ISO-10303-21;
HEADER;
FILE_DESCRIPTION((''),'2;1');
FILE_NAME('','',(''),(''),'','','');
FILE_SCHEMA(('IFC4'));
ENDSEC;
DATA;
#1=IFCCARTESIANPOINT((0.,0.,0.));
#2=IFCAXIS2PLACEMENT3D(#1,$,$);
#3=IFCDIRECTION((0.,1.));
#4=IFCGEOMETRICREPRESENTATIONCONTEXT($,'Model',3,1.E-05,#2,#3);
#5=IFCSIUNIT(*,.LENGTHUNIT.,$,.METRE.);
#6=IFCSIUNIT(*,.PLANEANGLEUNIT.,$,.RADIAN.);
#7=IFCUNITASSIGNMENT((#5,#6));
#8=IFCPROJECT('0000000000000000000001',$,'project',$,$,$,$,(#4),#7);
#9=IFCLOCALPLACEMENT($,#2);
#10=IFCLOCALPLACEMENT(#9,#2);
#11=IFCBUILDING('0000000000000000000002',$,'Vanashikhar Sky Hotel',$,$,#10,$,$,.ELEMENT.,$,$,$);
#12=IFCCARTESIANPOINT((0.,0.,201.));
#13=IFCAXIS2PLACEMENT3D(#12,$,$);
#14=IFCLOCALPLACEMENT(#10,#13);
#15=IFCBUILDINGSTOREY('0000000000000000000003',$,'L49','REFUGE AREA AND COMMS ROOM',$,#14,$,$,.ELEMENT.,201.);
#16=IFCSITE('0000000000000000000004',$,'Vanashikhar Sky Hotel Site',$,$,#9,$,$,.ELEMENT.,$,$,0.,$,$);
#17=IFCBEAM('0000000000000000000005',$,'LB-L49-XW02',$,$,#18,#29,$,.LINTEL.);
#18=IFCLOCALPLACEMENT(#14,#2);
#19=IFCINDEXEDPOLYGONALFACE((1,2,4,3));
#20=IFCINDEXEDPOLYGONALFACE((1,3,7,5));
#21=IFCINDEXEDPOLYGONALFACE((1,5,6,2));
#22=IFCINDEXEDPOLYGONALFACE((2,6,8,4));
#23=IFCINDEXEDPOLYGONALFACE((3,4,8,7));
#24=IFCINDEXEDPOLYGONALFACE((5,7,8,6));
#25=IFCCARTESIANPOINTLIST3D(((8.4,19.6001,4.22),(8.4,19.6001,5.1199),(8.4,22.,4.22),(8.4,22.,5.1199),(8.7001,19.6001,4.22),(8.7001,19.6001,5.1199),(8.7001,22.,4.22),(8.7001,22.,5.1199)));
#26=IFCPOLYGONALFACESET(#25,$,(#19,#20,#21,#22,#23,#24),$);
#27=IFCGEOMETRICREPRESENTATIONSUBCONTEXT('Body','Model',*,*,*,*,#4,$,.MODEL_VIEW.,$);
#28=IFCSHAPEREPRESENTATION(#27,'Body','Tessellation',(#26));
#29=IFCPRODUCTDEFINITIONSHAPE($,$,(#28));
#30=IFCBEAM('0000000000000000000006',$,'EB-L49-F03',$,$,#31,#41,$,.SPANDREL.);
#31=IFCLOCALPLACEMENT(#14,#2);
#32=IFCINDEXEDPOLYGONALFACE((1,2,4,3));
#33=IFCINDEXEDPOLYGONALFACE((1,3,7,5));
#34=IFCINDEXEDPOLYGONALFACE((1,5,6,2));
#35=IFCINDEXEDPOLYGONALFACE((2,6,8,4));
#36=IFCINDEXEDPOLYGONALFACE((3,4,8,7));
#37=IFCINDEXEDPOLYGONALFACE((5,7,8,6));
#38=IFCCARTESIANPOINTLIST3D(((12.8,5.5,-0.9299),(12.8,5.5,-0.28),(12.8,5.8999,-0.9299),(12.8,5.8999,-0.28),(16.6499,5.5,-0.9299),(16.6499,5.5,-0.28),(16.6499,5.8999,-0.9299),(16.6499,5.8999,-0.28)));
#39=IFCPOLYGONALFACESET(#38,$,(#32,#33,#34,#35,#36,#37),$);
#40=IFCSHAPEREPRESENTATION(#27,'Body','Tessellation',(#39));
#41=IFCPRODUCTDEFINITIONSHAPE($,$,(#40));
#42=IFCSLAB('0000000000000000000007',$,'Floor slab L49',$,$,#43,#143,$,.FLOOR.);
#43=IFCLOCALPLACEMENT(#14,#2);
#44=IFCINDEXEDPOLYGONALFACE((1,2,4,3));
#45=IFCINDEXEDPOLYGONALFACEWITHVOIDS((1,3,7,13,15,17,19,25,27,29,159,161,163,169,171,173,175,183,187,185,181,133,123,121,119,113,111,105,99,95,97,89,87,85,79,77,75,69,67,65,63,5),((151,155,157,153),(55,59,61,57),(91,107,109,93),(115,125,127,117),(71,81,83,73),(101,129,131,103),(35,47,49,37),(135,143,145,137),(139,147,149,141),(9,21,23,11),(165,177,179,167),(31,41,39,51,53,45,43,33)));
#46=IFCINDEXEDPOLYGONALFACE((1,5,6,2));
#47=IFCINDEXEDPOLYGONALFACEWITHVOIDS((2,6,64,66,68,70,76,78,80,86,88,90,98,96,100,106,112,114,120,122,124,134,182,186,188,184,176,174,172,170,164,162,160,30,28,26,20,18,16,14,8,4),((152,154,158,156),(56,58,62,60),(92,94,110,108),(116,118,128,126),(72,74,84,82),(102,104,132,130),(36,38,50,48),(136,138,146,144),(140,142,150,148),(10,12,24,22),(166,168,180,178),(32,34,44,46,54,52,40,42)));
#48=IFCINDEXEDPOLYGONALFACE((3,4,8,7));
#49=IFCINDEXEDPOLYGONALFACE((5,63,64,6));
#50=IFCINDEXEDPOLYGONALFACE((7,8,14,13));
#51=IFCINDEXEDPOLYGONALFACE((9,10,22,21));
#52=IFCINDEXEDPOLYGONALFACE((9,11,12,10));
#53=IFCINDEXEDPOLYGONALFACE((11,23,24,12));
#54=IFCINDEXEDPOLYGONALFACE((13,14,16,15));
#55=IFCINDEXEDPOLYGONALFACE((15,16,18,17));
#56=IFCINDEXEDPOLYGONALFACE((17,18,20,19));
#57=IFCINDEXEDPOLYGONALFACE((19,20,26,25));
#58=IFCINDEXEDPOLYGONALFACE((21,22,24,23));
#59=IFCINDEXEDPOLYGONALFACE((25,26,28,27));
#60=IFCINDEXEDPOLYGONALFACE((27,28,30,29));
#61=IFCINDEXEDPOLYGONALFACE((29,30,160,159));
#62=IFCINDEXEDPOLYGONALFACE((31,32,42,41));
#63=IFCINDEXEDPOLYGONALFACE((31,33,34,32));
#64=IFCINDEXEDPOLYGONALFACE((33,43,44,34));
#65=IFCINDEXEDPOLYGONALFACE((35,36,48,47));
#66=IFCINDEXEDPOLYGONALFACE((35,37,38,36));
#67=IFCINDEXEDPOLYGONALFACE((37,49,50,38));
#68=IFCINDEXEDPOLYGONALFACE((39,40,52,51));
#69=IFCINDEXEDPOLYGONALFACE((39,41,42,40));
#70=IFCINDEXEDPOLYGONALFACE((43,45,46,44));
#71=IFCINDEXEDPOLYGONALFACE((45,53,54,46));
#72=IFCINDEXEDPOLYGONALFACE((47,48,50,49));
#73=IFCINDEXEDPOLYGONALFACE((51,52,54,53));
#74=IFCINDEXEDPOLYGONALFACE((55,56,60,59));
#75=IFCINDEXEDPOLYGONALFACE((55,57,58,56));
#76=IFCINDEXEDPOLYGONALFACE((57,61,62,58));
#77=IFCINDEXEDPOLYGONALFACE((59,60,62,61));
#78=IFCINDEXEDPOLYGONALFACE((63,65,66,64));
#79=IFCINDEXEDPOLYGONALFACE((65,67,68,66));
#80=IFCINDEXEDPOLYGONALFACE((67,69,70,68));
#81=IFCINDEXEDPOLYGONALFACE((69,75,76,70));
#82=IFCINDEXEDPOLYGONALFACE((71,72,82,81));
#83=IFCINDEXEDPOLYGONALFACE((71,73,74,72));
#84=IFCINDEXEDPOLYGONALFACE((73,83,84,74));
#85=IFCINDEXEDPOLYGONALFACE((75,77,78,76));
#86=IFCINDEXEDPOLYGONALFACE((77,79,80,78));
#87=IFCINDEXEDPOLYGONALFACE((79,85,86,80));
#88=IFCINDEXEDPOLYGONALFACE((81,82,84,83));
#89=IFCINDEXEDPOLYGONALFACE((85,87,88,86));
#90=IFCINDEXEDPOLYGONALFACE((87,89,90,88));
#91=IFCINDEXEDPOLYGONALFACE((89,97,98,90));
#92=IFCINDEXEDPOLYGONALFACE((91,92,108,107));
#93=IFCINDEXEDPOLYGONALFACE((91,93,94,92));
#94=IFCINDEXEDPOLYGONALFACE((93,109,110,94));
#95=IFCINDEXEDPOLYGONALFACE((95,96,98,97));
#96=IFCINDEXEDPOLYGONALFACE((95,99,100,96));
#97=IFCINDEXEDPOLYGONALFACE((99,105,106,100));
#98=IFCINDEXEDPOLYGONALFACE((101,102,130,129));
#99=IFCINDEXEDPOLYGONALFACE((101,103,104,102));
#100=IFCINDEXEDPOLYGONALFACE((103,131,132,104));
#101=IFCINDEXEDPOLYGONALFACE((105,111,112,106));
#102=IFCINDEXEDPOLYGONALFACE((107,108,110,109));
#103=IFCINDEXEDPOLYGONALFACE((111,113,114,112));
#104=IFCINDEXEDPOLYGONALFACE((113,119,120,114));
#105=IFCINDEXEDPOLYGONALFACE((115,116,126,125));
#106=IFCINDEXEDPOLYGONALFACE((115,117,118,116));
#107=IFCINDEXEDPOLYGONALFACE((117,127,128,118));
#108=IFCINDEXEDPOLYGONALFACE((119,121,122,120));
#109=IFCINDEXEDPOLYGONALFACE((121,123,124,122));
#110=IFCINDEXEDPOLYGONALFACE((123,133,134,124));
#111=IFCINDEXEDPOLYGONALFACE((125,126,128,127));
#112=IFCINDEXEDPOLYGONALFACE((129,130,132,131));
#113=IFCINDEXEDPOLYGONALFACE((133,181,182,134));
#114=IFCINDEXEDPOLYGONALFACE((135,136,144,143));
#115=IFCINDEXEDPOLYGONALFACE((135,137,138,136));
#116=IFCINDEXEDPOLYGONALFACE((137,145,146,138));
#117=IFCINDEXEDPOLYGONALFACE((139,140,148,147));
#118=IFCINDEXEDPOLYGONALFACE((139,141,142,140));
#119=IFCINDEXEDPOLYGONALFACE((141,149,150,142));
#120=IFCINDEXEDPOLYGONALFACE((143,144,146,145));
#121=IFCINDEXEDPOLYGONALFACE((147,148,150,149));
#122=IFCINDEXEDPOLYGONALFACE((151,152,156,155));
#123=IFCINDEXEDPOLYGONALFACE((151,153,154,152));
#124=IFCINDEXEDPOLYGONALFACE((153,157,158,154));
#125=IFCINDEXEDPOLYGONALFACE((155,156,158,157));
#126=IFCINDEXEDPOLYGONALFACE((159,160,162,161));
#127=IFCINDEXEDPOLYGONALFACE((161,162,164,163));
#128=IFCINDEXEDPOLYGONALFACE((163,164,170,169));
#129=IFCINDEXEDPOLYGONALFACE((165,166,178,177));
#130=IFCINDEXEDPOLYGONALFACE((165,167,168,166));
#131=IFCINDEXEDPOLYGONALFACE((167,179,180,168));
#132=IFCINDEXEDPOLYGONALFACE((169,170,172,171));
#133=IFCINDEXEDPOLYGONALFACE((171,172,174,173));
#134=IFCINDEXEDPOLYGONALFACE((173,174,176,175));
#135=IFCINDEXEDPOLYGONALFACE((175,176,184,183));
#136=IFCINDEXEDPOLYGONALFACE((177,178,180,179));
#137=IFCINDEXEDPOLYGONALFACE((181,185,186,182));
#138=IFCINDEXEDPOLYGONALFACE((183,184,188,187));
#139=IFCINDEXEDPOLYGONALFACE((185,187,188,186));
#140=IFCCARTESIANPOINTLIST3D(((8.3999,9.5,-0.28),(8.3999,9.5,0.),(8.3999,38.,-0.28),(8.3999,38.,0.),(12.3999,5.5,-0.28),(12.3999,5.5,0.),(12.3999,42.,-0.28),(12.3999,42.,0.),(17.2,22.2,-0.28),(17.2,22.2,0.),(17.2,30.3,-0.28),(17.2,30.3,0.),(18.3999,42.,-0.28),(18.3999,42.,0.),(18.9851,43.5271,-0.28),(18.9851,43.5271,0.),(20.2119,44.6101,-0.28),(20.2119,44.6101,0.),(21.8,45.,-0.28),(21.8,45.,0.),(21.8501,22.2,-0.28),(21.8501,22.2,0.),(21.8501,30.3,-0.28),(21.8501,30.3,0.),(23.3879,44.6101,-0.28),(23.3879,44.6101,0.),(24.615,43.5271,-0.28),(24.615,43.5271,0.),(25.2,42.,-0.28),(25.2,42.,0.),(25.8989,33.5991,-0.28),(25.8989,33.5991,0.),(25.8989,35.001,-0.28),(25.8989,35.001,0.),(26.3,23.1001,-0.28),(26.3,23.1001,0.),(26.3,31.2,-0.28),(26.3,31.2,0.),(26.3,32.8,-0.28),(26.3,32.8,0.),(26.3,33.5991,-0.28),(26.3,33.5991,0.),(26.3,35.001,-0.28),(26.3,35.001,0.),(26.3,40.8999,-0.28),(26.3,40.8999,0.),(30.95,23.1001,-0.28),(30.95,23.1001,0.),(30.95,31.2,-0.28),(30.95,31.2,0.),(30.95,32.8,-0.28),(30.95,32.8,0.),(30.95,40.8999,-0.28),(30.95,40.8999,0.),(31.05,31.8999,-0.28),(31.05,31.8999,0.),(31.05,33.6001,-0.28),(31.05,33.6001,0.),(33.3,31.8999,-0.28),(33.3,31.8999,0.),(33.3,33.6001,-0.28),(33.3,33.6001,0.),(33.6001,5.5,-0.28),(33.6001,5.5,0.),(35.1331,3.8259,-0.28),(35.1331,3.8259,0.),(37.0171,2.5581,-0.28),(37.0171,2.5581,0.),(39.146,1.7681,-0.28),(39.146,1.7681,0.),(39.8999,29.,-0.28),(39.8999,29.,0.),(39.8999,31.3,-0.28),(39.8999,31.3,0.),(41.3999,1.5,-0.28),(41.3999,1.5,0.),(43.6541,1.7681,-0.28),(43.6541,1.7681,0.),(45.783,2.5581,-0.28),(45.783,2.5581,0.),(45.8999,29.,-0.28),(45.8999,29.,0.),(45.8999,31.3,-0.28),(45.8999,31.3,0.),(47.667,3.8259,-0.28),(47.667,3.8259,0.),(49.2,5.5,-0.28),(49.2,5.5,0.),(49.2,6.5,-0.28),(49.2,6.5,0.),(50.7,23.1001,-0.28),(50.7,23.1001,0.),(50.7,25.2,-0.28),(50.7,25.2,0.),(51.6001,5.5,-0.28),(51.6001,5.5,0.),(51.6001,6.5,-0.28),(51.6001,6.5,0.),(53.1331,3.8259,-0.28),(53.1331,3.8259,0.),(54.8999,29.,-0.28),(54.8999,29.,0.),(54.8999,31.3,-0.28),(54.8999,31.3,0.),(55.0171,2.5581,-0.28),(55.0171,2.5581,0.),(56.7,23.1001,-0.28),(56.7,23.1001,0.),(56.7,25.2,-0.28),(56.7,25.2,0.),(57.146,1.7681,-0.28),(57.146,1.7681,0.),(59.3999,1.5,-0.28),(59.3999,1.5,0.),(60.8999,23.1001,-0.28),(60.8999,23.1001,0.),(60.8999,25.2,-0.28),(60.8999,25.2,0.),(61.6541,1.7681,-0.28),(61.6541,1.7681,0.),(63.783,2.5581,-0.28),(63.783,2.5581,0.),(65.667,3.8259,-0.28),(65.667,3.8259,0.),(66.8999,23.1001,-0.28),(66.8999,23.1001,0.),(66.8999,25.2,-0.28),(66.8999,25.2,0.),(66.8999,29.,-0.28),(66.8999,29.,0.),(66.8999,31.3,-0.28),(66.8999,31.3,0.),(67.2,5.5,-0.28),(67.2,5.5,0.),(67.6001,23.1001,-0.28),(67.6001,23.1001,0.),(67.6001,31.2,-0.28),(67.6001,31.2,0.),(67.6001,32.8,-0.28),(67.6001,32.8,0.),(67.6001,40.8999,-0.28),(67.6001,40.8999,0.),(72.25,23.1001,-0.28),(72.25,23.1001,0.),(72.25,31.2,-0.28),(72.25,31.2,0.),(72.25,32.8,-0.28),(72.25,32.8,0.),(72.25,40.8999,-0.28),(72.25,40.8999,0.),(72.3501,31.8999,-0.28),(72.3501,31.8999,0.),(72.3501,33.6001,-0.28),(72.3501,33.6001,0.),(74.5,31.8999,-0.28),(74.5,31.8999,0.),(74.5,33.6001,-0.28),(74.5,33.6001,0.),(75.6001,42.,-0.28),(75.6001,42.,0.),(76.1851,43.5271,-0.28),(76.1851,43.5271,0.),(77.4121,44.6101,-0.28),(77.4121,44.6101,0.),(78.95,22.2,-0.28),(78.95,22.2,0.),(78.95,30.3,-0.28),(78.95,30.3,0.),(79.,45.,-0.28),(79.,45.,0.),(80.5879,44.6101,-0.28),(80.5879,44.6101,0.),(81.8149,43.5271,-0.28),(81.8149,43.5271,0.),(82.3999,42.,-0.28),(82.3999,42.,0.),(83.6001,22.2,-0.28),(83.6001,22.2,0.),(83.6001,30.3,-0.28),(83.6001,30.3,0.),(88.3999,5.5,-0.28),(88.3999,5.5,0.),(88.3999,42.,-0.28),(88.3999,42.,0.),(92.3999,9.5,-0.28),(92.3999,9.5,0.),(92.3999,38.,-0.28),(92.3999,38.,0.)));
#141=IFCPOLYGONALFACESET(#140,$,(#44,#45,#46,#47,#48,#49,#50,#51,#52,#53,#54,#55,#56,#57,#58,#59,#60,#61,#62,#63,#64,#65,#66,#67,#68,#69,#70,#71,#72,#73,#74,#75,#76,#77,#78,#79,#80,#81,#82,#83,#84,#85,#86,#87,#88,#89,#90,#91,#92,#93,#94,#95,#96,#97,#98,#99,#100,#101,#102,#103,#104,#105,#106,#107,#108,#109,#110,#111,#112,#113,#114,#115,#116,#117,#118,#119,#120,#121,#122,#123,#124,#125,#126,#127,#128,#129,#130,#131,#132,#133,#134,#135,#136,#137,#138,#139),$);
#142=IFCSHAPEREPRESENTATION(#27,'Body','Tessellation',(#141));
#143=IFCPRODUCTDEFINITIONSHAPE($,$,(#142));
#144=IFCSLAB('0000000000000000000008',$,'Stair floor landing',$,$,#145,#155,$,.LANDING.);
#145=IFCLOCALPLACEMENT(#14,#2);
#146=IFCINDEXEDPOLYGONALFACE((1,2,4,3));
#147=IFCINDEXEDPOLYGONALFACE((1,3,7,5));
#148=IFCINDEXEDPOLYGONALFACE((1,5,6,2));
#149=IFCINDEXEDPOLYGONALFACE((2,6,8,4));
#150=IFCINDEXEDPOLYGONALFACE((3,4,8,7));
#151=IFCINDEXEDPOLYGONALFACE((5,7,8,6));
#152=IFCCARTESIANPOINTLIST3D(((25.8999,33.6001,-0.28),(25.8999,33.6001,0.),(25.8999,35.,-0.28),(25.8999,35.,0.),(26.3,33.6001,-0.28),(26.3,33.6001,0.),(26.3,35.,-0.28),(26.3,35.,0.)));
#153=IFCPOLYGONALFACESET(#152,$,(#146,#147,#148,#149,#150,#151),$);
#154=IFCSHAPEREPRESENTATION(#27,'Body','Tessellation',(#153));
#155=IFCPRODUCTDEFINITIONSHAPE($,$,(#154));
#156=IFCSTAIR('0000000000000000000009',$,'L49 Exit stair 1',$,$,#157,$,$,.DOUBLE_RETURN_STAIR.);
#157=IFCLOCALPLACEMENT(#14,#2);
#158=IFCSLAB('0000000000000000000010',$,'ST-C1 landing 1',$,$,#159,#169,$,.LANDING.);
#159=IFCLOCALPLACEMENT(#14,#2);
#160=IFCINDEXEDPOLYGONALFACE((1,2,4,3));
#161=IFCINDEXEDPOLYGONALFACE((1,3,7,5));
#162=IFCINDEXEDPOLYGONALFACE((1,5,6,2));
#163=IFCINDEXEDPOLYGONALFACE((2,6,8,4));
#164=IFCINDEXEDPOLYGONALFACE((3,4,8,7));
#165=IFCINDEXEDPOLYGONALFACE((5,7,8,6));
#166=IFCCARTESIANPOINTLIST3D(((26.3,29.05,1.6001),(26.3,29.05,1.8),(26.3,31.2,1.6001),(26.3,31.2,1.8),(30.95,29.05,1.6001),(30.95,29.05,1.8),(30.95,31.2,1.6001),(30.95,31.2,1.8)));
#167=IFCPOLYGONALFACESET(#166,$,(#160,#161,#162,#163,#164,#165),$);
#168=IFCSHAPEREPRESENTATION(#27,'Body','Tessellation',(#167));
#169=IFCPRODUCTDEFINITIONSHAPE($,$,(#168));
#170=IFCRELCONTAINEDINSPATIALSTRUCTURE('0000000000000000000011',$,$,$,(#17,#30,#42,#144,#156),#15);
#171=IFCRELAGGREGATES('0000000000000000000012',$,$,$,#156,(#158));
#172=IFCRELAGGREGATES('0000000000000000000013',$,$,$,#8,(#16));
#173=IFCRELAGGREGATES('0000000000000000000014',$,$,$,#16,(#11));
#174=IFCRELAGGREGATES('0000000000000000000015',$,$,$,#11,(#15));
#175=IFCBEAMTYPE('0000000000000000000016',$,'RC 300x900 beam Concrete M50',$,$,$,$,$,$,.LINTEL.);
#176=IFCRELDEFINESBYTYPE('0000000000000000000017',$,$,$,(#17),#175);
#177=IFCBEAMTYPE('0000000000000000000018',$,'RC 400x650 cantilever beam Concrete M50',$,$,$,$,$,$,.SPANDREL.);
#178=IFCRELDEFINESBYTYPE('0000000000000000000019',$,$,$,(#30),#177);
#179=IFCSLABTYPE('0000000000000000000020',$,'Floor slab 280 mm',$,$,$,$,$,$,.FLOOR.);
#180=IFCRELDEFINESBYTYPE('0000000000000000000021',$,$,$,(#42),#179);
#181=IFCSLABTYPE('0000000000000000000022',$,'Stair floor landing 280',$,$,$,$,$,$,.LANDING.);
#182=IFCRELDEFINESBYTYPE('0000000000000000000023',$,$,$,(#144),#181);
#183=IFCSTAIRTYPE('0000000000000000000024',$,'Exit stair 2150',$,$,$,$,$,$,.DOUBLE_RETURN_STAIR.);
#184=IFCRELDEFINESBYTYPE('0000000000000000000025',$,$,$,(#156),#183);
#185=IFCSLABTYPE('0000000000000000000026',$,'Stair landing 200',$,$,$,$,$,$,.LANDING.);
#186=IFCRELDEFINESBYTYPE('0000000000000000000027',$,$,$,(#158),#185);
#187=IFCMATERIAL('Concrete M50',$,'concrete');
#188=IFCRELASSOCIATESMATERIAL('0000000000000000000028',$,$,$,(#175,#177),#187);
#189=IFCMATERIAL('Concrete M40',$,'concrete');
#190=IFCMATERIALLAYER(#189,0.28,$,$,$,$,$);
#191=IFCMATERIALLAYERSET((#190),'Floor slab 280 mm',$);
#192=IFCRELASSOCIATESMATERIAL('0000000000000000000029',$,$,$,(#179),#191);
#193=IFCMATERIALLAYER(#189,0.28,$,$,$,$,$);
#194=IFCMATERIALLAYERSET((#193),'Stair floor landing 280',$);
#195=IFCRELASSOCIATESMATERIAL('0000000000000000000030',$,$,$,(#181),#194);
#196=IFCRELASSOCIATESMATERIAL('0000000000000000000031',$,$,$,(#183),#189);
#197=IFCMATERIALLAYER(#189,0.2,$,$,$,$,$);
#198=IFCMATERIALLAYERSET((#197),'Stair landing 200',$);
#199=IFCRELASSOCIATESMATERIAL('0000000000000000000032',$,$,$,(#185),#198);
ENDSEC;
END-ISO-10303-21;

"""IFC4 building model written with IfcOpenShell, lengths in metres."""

from ifc_helpers import new_model, si_unit, direction, frame, origin, origin_2d, place, context, subcontext, project, spatial, polyline, rectangle, outline, extrude, source, transform, mapped, material, layer, layer_set, material_profile, profile_set, type_object, element, aggregate, save


model = new_model("IFC4")

# Units and contexts
model_context = context("Model", 3, precision=1e-05, world=origin(), true_north=direction((0.0, 1.0)))
body_context = subcontext(model_context, "Body", "Model", "MODEL_VIEW")
ifc_project = project(units=[si_unit("LENGTHUNIT", "METRE"), si_unit("PLANEANGLEUNIT", "RADIAN")], contexts=[model_context])

# Site, building, storey
site_placement = place(None, origin())
site = spatial("IfcSite", under=ifc_project, at=site_placement, Name="Vanashikhar Sky Hotel Site", CompositionType="ELEMENT", RefElevation=0.0)
building_placement = place(site_placement, origin())
building = spatial("IfcBuilding", under=site, at=building_placement, Name="Vanashikhar Sky Hotel", CompositionType="ELEMENT")
storey_placement = place(building_placement, frame((0.0, 0.0, 201.0)))
storey = spatial("IfcBuildingStorey", under=building, at=storey_placement, Name="L49", Description="REFUGE AREA AND COMMS ROOM", CompositionType="ELEMENT", Elevation=201.0)

# Beams
ifc_material_1 = material(Name="Concrete M50", Category="concrete")
ifc_material_profile_1 = material_profile(ifc_material_1, rectangle(XDim=0.3, YDim=0.8999, at=origin_2d()))
ifc_profile_set_1 = profile_set([ifc_material_profile_1], Name="RC 300x900 beam Concrete M50")
beam_type_1 = type_object("IfcBeamType", Name="RC 300x900 beam Concrete M50", PredefinedType="LINTEL", material=ifc_profile_set_1)
shared_shape_1 = source(origin(), body_context, "Body", "SweptSolid", [
    extrude(rectangle(XDim=0.3, YDim=0.8999, at=origin_2d()), origin(), (0.0, 0.0, 1.0), 2.3999),
])
beam_1_placement = place(storey_placement, frame((8.55, 19.6001, 4.6699), z_axis=(0.0, 1.0, 0.0), x_axis=(-1.0, 0.0, 0.0)))
element("IfcBeam", 1, at=beam_1_placement, inside=storey, type_object=beam_type_1, Name="LB-L49-XW02", PredefinedType="LINTEL", context=body_context, shape_type="MappedRepresentation", body=[
    mapped(shared_shape_1, transform((0.0, 0.0, 0.0), scale=1.0)),
])
ifc_material_profile_2 = material_profile(ifc_material_1, rectangle(XDim=0.3999, YDim=0.6499, at=origin_2d()))
ifc_profile_set_2 = profile_set([ifc_material_profile_2], Name="RC 400x650 cantilever beam Concrete M50")
beam_type_2 = type_object("IfcBeamType", Name="RC 400x650 cantilever beam Concrete M50", PredefinedType="SPANDREL", material=ifc_profile_set_2)
shared_shape_2 = source(origin(), body_context, "Body", "SweptSolid", [
    extrude(rectangle(XDim=0.3999, YDim=0.6499, at=origin_2d()), origin(), (0.0, 0.0, 1.0), 3.8499),
])
beam_2_placement = place(storey_placement, frame((12.8, 5.7, -0.605), z_axis=(1.0, 0.0, 0.0), x_axis=(0.0, 1.0, 0.0)))
element("IfcBeam", 2, at=beam_2_placement, inside=storey, type_object=beam_type_2, Name="EB-L49-F03", PredefinedType="SPANDREL", context=body_context, shape_type="MappedRepresentation", body=[
    mapped(shared_shape_2, transform((0.0, 0.0, 0.0), scale=1.0)),
])

# Slabs
ifc_material_2 = material(Name="Concrete M40", Category="concrete")
ifc_layer_1 = layer(ifc_material_2, 0.28)
ifc_layer_set_1 = layer_set([ifc_layer_1], Name="Floor slab 280 mm")
slab_type_1 = type_object("IfcSlabType", Name="Floor slab 280 mm", PredefinedType="FLOOR", material=ifc_layer_set_1)
shared_shape_3 = source(origin(), body_context, "Body", "SweptSolid", [
    extrude(outline(polyline([(49.2, 5.5), (49.2, 6.5), (51.6001, 6.5), (51.6001, 5.5), (53.1331, 3.8259), (55.0171, 2.5581), (57.146, 1.7681), (59.3999, 1.5), (61.6541, 1.7681), (63.783, 2.5581), (65.667, 3.8259), (67.2, 5.5), (88.3999, 5.5), (92.3999, 9.5), (92.3999, 38.0), (88.3999, 42.0), (82.3999, 42.0), (81.8149, 43.5271), (80.5879, 44.6101), (79.0, 45.0), (77.4121, 44.6101), (76.1851, 43.5271), (75.6001, 42.0), (25.2, 42.0), (24.615, 43.5271), (23.3879, 44.6101), (21.8, 45.0), (20.2119, 44.6101), (18.9851, 43.5271), (18.3999, 42.0), (12.3999, 42.0), (8.3999, 38.0), (8.3999, 9.5), (12.3999, 5.5), (33.6001, 5.5), (35.1331, 3.8259), (37.0171, 2.5581), (39.146, 1.7681), (41.3999, 1.5), (43.6541, 1.7681), (45.783, 2.5581), (47.667, 3.8259), (49.2, 5.5)]), holes=[polyline([(33.3, 33.6001), (31.05, 33.6001), (31.05, 31.8999), (33.3, 31.8999), (33.3, 33.6001)]), polyline([(39.8999, 31.3), (39.8999, 29.0), (45.8999, 29.0), (45.8999, 31.3), (39.8999, 31.3)]), polyline([(50.7, 25.2), (50.7, 23.1001), (56.7, 23.1001), (56.7, 25.2), (50.7, 25.2)]), polyline([(66.8999, 29.0), (66.8999, 31.3), (54.8999, 31.3), (54.8999, 29.0), (66.8999, 29.0)]), polyline([(60.8999, 25.2), (60.8999, 23.1001), (66.8999, 23.1001), (66.8999, 25.2), (60.8999, 25.2)]), polyline([(74.5, 33.6001), (72.3501, 33.6001), (72.3501, 31.8999), (74.5, 31.8999), (74.5, 33.6001)]), polyline([(30.95, 23.1001), (30.95, 31.2), (26.3, 31.2), (26.3, 23.1001), (30.95, 23.1001)]), polyline([(72.25, 23.1001), (72.25, 31.2), (67.6001, 31.2), (67.6001, 23.1001), (72.25, 23.1001)]), polyline([(26.3, 35.001), (25.8989, 35.001), (25.8989, 33.5991), (26.3, 33.5991), (26.3, 32.8), (30.95, 32.8), (30.95, 40.8999), (26.3, 40.8999), (26.3, 35.001)]), polyline([(72.25, 32.8), (72.25, 40.8999), (67.6001, 40.8999), (67.6001, 32.8), (72.25, 32.8)]), polyline([(83.6001, 22.2), (83.6001, 30.3), (78.95, 30.3), (78.95, 22.2), (83.6001, 22.2)]), polyline([(21.8501, 22.2), (21.8501, 30.3), (17.2, 30.3), (17.2, 22.2), (21.8501, 22.2)])]), origin(), (0.0, 0.0, 1.0), 0.28),
])
slab_1_placement = place(storey_placement, frame((0.0, 0.0, -0.28)))
element("IfcSlab", 3, at=slab_1_placement, inside=storey, type_object=slab_type_1, Name="Floor slab L49", PredefinedType="FLOOR", context=body_context, shape_type="MappedRepresentation", body=[
    mapped(shared_shape_3, transform((0.0, 0.0, 0.0), scale=1.0)),
])
ifc_layer_2 = layer(ifc_material_2, 0.28)
ifc_layer_set_2 = layer_set([ifc_layer_2], Name="Stair floor landing 280")
slab_type_2 = type_object("IfcSlabType", Name="Stair floor landing 280", PredefinedType="LANDING", material=ifc_layer_set_2)
shared_shape_4 = source(origin(), body_context, "Body", "SweptSolid", [
    extrude(outline(polyline([(25.8999, 33.6001), (26.3, 33.6001), (26.3, 35.0), (25.8999, 35.0), (25.8999, 33.6001)])), origin(), (0.0, 0.0, 1.0), 0.28),
])
slab_2_placement = place(storey_placement, frame((0.0, 0.0, -0.28)))
element("IfcSlab", 4, at=slab_2_placement, inside=storey, type_object=slab_type_2, Name="Stair floor landing", PredefinedType="LANDING", context=body_context, shape_type="MappedRepresentation", body=[
    mapped(shared_shape_4, transform((0.0, 0.0, 0.0), scale=1.0)),
])

# Stair, slab
stair_type = type_object("IfcStairType", Name="Exit stair 2150", PredefinedType="DOUBLE_RETURN_STAIR", material=ifc_material_2)
stair_1_placement = place(storey_placement, origin())
stair_1 = element("IfcStair", 5, at=stair_1_placement, inside=storey, type_object=stair_type, Name="L49 Exit stair 1", PredefinedType="DOUBLE_RETURN_STAIR")
ifc_layer_3 = layer(ifc_material_2, 0.2)
ifc_layer_set_3 = layer_set([ifc_layer_3], Name="Stair landing 200")
slab_type_3 = type_object("IfcSlabType", Name="Stair landing 200", PredefinedType="LANDING", material=ifc_layer_set_3)
shared_shape_5 = source(origin(), body_context, "Body", "SweptSolid", [
    extrude(outline(polyline([(30.95, 29.05), (30.95, 31.2), (26.3, 31.2), (26.3, 29.05), (30.95, 29.05)])), origin(), (0.0, 0.0, 1.0), 0.2),
])
slab_3_placement = place(storey_placement, frame((0.0, 0.0, 1.6001)))
slab_3 = element("IfcSlab", 6, at=slab_3_placement, type_object=slab_type_3, Name="ST-C1 landing 1", PredefinedType="LANDING", context=body_context, shape_type="MappedRepresentation", body=[
    mapped(shared_shape_5, transform((0.0, 0.0, 0.0), scale=1.0)),
])
aggregate(stair_1, [slab_3])

save(model, "model.ifc")
